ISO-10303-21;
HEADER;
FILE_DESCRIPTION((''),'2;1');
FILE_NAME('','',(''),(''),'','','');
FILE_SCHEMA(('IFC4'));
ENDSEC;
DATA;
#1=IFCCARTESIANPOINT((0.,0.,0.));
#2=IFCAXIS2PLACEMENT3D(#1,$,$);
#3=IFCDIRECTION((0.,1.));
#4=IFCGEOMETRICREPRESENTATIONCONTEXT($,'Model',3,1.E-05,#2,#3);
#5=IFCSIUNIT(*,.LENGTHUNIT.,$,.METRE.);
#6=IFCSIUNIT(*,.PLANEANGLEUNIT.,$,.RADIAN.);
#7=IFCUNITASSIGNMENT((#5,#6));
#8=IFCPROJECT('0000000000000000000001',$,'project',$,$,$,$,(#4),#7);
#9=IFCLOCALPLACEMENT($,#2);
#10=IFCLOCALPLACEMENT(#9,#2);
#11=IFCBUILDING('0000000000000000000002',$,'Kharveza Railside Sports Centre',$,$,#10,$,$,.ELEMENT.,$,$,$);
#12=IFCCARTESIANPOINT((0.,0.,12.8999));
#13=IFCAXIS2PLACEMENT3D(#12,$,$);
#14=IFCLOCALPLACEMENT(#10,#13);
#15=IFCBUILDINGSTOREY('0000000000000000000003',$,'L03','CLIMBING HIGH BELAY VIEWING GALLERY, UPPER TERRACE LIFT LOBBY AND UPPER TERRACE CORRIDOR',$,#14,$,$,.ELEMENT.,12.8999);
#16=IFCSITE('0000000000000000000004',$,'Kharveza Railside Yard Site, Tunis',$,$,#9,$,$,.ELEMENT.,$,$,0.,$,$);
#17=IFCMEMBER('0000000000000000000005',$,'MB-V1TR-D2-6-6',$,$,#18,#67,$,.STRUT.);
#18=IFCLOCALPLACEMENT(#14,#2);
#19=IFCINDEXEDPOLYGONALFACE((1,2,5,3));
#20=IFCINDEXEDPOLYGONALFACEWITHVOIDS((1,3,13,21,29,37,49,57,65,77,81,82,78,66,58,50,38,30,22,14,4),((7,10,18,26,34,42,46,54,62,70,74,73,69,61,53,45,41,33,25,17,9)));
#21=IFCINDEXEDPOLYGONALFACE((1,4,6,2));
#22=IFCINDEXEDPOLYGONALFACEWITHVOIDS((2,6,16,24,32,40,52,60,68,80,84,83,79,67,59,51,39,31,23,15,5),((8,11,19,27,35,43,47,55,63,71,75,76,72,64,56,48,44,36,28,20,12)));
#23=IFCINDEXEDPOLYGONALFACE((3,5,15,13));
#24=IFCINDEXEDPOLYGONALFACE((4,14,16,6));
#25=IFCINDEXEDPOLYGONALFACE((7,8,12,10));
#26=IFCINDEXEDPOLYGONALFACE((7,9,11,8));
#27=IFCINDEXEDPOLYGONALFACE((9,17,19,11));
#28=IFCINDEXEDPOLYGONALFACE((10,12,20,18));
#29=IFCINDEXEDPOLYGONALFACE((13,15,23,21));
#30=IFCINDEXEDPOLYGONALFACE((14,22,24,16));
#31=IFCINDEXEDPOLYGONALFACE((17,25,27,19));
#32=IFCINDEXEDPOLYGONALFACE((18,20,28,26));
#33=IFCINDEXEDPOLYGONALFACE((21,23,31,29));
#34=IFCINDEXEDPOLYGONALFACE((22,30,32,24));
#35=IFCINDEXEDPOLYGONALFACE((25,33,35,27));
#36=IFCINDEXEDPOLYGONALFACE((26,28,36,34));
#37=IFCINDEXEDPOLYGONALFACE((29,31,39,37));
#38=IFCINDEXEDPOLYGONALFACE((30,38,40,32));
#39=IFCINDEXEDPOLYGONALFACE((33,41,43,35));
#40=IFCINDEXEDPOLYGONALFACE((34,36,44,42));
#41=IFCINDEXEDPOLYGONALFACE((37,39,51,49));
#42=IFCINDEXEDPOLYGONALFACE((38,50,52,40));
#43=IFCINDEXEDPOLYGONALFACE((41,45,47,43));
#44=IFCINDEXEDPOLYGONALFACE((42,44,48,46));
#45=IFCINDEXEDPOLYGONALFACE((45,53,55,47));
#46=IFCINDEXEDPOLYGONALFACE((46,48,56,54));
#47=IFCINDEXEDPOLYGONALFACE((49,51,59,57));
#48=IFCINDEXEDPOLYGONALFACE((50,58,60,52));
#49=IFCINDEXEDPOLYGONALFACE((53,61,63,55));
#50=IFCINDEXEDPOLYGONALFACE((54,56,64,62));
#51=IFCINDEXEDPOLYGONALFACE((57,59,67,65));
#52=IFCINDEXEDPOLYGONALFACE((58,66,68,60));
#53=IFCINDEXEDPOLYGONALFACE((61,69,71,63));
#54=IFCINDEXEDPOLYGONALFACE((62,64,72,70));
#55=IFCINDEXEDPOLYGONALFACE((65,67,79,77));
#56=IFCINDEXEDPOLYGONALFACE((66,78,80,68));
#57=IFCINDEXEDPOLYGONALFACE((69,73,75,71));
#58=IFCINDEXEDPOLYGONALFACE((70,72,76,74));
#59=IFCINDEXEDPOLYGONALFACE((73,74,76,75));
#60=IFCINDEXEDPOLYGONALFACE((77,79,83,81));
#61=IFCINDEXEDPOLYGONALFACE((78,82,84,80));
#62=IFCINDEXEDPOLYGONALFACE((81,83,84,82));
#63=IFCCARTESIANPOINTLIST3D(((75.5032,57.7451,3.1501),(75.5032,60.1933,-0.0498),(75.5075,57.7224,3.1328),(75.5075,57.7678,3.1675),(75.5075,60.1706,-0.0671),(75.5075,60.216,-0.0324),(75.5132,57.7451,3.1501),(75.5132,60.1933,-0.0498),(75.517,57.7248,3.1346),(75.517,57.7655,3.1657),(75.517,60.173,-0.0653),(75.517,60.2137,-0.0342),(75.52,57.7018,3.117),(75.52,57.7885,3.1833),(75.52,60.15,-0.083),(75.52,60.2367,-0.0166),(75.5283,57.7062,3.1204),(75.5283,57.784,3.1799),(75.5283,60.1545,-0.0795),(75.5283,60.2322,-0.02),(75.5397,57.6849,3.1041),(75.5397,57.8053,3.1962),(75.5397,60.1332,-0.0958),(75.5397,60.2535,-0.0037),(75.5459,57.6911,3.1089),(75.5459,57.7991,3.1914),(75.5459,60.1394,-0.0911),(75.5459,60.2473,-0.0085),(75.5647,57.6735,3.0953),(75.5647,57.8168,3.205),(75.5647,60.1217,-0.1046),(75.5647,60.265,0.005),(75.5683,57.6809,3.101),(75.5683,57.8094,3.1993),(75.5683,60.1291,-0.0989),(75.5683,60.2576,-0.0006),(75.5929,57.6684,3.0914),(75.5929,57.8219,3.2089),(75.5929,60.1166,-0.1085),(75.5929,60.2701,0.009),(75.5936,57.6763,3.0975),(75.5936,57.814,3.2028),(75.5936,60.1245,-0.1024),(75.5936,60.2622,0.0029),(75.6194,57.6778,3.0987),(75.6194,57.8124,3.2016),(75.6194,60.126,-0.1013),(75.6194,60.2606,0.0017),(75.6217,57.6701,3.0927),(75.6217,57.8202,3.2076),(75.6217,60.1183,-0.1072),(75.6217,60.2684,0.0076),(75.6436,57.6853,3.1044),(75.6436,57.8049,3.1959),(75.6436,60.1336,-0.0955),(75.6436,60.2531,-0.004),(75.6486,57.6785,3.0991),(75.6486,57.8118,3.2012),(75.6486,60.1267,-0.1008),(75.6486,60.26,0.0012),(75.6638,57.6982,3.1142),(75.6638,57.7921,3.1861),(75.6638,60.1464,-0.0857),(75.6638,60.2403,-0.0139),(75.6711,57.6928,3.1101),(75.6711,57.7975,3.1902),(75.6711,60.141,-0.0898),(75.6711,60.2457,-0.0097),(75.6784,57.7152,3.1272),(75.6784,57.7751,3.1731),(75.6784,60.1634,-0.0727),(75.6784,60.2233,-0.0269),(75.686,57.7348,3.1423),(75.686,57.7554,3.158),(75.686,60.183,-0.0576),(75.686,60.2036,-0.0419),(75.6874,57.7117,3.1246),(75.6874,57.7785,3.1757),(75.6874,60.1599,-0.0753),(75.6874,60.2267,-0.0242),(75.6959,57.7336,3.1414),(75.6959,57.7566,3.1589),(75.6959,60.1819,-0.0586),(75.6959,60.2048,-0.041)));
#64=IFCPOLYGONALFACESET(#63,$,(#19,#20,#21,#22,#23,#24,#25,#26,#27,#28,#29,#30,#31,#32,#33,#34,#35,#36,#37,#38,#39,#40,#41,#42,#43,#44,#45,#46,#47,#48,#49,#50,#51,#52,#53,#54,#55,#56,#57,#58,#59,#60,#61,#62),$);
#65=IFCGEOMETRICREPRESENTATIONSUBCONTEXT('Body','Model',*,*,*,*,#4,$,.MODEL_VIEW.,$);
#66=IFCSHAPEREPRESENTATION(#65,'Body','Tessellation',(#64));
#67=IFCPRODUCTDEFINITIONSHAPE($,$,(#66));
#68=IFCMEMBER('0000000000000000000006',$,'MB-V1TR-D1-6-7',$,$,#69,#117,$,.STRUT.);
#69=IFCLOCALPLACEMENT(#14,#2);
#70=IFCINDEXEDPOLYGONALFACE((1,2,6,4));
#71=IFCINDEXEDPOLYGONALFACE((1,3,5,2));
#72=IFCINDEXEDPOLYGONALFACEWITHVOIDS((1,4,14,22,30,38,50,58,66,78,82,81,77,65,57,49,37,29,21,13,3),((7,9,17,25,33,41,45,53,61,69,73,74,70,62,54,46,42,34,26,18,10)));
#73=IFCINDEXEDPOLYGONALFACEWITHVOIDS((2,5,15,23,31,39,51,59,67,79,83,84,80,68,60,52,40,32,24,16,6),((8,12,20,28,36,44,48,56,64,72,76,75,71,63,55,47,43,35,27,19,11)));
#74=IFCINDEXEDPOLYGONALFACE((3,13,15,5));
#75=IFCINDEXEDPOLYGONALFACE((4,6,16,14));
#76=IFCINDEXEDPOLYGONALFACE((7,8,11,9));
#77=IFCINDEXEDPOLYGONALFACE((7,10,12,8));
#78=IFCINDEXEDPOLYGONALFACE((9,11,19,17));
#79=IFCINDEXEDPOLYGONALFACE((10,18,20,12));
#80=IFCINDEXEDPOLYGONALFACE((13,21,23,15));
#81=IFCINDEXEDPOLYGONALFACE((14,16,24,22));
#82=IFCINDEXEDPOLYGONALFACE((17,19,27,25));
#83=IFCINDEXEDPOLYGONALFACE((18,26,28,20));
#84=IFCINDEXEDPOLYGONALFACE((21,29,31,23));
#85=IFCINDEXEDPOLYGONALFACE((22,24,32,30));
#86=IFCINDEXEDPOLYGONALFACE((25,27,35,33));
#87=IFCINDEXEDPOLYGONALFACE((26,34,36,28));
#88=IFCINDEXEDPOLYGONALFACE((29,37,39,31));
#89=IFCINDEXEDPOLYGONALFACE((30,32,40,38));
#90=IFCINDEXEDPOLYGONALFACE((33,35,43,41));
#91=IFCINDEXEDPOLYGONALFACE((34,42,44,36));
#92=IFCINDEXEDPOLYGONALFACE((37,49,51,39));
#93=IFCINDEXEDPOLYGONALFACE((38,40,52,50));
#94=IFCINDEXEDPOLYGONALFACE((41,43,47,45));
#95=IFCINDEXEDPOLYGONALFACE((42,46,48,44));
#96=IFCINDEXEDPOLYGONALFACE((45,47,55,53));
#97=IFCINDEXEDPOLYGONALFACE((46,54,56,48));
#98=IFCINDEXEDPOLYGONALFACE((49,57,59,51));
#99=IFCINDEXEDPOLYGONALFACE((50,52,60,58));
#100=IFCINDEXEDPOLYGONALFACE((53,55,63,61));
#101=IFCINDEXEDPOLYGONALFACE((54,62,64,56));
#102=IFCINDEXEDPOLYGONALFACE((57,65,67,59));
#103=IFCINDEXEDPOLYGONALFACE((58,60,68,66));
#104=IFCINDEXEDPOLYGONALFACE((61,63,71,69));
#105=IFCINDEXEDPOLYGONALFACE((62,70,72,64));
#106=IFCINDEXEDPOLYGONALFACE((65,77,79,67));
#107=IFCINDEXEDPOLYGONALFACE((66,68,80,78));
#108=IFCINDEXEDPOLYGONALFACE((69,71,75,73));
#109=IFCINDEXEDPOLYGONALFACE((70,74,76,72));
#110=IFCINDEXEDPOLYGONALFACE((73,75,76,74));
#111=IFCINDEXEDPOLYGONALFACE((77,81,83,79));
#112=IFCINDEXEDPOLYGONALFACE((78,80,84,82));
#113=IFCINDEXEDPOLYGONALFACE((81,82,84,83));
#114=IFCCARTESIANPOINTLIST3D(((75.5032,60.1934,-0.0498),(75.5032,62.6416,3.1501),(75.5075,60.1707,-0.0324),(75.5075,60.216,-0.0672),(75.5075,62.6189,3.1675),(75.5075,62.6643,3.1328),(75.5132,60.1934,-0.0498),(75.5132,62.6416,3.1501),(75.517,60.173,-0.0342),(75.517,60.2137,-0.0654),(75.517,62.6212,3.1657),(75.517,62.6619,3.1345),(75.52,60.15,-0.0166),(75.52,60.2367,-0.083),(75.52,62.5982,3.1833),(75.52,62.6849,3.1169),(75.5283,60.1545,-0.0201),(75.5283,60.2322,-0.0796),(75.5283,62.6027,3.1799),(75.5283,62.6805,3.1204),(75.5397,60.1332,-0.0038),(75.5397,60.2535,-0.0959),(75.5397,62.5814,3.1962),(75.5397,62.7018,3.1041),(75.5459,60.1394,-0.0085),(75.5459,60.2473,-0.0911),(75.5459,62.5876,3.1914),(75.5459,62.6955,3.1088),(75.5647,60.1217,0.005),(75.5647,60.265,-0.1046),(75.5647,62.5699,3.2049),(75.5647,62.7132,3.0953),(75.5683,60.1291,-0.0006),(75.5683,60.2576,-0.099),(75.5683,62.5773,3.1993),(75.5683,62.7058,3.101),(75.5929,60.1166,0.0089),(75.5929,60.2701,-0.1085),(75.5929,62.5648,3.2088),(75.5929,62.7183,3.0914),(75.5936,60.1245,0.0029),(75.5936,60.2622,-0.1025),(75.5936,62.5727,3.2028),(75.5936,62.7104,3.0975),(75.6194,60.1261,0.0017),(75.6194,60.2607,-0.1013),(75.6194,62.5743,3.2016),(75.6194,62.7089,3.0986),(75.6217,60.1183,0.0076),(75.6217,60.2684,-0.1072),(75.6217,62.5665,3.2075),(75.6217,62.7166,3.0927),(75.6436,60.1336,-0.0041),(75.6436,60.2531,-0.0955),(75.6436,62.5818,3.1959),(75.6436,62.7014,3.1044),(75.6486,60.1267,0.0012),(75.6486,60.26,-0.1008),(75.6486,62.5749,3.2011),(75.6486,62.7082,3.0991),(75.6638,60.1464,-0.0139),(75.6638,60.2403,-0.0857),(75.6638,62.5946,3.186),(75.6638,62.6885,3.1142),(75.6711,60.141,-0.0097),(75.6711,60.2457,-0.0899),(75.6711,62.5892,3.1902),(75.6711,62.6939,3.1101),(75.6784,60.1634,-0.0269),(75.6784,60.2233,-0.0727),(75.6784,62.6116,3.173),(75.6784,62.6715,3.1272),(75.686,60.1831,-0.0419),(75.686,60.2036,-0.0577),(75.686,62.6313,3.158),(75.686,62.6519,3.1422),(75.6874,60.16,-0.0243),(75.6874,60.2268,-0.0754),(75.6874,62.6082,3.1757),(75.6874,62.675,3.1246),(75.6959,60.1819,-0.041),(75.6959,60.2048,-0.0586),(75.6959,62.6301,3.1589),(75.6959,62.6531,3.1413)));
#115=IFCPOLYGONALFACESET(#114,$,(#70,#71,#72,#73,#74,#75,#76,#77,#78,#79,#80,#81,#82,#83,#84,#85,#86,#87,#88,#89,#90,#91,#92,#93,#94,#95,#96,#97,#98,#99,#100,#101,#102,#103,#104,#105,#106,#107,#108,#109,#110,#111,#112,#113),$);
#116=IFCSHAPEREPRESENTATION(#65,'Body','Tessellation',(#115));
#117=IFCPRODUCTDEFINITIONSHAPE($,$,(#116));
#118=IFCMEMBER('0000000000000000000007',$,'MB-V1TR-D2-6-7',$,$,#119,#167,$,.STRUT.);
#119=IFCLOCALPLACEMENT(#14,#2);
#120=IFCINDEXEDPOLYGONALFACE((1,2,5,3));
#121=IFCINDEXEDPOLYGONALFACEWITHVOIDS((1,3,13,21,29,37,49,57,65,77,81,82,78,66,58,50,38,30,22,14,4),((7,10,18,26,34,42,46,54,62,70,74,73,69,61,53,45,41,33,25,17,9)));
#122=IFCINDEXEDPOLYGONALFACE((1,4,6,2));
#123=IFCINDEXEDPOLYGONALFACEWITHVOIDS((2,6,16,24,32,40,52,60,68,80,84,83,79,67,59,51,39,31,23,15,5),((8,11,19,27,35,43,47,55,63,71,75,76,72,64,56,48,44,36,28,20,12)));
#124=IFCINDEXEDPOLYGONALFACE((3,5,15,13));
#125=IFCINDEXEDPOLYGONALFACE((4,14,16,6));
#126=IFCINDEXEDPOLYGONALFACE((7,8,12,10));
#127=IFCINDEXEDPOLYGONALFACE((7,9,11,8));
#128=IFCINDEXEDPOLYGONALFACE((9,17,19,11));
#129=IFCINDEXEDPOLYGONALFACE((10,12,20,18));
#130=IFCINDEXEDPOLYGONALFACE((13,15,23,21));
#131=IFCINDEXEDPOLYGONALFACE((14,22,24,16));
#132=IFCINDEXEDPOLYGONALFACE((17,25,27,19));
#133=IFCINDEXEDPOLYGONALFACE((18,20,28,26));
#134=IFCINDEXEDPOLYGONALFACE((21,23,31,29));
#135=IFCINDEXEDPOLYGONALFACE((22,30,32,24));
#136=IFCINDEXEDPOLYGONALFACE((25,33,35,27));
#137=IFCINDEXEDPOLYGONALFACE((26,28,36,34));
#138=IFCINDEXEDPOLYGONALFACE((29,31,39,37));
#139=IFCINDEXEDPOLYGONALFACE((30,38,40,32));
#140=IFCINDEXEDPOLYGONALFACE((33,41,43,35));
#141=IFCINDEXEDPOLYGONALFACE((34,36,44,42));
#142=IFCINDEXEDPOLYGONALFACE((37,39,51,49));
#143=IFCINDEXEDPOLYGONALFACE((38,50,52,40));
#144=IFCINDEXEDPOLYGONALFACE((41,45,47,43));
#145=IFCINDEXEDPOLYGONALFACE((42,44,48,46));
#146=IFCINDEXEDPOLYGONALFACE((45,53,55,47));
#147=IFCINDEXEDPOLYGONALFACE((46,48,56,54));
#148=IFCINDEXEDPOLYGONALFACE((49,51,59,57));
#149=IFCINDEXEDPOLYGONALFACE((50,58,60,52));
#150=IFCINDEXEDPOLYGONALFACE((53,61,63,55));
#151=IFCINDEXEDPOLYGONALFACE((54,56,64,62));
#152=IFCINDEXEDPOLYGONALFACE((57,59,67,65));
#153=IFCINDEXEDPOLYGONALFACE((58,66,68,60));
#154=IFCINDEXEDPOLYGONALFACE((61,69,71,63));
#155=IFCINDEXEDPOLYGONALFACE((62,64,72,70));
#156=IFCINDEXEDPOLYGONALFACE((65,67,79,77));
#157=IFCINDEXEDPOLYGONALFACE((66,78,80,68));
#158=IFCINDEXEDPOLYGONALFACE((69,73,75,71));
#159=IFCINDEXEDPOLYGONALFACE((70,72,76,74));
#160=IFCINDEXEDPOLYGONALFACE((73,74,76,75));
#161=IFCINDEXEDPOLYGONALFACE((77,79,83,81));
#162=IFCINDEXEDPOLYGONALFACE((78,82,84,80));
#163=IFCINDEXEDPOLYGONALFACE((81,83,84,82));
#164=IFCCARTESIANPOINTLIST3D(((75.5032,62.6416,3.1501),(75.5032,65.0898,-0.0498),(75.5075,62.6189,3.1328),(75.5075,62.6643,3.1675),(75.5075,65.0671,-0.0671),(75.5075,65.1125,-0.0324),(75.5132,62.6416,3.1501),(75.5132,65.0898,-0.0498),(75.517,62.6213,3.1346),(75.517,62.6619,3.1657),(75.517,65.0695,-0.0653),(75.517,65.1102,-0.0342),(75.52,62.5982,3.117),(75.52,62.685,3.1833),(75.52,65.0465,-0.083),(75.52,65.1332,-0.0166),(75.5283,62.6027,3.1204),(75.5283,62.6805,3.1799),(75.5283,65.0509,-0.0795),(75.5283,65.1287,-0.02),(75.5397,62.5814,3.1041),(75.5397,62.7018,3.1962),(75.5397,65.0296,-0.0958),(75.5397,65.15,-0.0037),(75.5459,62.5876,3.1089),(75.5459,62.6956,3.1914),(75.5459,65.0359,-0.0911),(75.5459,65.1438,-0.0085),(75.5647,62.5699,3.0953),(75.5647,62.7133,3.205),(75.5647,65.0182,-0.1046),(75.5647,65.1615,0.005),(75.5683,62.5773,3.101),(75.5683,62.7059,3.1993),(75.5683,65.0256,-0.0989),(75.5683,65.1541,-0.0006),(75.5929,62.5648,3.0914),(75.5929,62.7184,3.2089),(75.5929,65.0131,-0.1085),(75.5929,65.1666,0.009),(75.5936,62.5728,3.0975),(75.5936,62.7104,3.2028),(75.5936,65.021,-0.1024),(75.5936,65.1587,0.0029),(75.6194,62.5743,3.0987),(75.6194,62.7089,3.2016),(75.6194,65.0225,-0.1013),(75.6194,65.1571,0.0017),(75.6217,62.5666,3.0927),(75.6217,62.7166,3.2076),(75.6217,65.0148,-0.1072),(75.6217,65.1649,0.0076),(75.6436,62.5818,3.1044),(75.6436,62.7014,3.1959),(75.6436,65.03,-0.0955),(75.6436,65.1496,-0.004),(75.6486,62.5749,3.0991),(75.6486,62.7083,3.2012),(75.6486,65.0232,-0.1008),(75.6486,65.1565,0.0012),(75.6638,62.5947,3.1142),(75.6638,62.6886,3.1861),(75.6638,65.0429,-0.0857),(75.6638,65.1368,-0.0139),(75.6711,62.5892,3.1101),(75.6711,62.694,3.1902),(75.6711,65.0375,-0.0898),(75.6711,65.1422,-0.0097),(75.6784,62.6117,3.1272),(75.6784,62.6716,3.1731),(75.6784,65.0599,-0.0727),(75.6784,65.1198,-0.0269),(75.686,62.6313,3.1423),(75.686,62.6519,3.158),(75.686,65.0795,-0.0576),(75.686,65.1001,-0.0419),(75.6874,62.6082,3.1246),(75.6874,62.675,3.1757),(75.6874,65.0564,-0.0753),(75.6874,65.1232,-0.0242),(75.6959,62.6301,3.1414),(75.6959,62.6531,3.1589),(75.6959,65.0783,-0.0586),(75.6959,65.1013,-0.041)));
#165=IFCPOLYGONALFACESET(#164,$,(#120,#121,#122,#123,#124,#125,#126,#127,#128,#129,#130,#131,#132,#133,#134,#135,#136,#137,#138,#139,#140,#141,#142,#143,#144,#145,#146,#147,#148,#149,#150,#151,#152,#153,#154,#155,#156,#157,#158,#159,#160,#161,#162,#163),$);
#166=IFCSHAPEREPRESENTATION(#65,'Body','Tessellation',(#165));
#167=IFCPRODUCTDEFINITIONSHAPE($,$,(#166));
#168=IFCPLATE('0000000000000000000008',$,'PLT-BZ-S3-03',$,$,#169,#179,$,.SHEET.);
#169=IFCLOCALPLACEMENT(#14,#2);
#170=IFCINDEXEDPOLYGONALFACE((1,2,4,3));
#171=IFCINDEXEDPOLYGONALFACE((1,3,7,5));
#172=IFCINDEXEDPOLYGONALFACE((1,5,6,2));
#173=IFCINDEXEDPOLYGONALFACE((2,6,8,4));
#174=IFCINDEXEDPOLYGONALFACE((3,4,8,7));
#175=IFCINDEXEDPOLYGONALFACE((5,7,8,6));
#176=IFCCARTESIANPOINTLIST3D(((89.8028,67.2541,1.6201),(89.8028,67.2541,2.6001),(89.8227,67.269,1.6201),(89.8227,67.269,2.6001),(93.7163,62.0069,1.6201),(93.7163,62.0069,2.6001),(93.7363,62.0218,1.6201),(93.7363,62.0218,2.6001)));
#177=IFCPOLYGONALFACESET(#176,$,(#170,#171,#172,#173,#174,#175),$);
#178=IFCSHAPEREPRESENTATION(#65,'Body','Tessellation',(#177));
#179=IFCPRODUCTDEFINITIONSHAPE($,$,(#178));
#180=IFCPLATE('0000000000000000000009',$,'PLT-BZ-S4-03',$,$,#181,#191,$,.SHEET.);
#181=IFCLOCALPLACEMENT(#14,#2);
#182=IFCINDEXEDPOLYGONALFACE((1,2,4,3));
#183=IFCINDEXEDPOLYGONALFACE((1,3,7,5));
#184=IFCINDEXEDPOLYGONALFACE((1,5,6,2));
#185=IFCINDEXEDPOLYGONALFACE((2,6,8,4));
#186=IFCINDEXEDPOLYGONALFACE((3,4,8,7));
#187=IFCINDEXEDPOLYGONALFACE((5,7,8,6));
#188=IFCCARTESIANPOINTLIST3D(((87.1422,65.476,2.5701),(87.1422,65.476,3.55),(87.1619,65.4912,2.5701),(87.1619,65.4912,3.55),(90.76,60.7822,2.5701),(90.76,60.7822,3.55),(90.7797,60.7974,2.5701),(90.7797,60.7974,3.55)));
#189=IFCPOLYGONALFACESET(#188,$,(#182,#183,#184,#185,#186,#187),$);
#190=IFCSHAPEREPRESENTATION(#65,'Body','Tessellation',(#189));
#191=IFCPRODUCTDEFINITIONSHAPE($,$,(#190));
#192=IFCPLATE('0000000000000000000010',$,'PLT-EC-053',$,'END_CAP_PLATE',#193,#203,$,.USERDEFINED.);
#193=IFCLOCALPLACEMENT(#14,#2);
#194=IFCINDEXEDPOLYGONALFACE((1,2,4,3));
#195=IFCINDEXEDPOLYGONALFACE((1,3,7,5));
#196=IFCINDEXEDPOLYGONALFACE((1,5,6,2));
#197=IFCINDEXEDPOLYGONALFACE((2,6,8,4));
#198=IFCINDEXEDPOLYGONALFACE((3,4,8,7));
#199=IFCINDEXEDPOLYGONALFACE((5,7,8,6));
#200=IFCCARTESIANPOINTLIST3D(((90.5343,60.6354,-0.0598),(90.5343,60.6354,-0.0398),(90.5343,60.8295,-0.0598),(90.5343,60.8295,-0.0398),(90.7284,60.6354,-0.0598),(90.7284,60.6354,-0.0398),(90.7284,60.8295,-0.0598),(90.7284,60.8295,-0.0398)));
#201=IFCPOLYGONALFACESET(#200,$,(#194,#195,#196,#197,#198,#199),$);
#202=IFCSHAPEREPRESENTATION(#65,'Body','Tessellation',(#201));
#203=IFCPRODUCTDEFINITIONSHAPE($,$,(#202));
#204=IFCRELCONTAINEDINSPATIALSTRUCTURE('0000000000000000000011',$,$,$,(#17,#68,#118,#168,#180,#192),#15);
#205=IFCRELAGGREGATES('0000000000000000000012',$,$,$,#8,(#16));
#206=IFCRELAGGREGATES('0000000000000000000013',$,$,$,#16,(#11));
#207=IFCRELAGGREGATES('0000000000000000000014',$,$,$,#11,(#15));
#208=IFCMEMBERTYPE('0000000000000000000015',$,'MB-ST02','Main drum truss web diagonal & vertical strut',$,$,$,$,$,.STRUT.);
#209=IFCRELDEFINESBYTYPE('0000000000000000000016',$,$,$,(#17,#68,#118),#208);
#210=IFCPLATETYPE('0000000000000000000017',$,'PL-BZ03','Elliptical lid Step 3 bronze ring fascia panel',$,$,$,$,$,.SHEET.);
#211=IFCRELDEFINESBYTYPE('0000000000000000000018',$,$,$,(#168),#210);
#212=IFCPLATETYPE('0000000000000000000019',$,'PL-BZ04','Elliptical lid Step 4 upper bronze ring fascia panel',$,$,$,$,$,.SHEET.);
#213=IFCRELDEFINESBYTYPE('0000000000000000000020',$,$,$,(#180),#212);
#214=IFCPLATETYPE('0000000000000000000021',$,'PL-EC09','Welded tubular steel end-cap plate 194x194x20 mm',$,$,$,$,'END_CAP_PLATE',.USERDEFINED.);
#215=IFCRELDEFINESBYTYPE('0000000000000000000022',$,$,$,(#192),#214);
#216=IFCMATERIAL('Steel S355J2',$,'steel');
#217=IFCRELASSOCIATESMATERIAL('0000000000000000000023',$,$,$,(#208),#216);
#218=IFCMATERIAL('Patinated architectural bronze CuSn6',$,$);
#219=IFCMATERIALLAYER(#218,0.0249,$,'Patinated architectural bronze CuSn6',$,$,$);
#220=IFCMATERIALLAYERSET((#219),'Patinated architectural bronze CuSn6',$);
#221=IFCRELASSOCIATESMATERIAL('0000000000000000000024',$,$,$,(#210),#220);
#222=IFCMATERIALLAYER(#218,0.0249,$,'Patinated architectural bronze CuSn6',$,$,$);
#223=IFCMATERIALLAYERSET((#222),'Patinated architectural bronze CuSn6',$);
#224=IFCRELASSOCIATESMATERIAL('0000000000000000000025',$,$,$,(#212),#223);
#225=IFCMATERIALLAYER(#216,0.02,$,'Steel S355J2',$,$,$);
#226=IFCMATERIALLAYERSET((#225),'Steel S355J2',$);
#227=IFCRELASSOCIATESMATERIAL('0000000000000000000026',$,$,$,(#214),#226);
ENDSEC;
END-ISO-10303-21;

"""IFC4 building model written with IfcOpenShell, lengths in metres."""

from ifc_helpers import new_model, si_unit, direction, frame, origin, origin_2d, place, context, subcontext, project, spatial, rectangle, hollow_circle, extrude, material, layer, layer_set, material_profile, profile_set, type_object, element, save


model = new_model("IFC4")

# Units and contexts
model_context = context("Model", 3, precision=1e-05, world=origin(), true_north=direction((0.0, 1.0)))
body_context = subcontext(model_context, "Body", "Model", "MODEL_VIEW")
ifc_project = project(units=[si_unit("LENGTHUNIT", "METRE"), si_unit("PLANEANGLEUNIT", "RADIAN")], contexts=[model_context])

# Site, building, storey
site_placement = place(None, origin())
site = spatial("IfcSite", under=ifc_project, at=site_placement, Name="Kharveza Railside Yard Site, Tunis", CompositionType="ELEMENT", RefElevation=0.0)
building_placement = place(site_placement, origin())
building = spatial("IfcBuilding", under=site, at=building_placement, Name="Kharveza Railside Sports Centre", CompositionType="ELEMENT")
storey_placement = place(building_placement, frame((0.0, 0.0, 12.8999)))
storey = spatial("IfcBuildingStorey", under=building, at=storey_placement, Name="L03", Description="CLIMBING HIGH BELAY VIEWING GALLERY, UPPER TERRACE LIFT LOBBY AND UPPER TERRACE CORRIDOR", CompositionType="ELEMENT", Elevation=12.8999)

# Shared definitions
ifc_material_1 = material(Name="Steel S355J2", Category="steel")

# Members
ifc_material_profile_1 = material_profile(ifc_material_1, hollow_circle(Radius=0.0969, WallThickness=0.01, at=origin_2d()), Name="CHS 193.7x10.0")
ifc_profile_set_1 = profile_set([ifc_material_profile_1], Name="Steel S355J2")
member_type_1 = type_object("IfcMemberType", Name="MB-ST02", Description="Main drum truss web diagonal & vertical strut", PredefinedType="STRUT", material=ifc_profile_set_1)
for number, where, z_axis, x_axis, name in (
    (1, (75.6001, 57.7451, 3.1501), (0.0, 0.607641, -0.794212), (-1.0, 0.0, 0.0), "MB-V1TR-D2-6-6"),
    (2, (75.6001, 60.1934, -0.0498), (0.0, 0.607641, 0.794212), (-1.0, 0.0, 0.0), "MB-V1TR-D1-6-7"),
    (3, (75.6001, 62.6416, 3.1501), (0.0, 0.607641, -0.794212), (-1.0, 0.0, 0.0), "MB-V1TR-D2-6-7"),
):
    element("IfcMember", number, at=place(storey_placement, frame(where, z_axis=z_axis, x_axis=x_axis)), inside=storey, type_object=member_type_1, Name=name, PredefinedType="STRUT", context=body_context, shape_type="SweptSolid", body=[
        extrude(hollow_circle(Radius=0.0969, WallThickness=0.01, at=origin_2d()), origin(), (0.0, 0.0, 1.0), 4.0291),
    ])

# Plates
ifc_material_2 = material(Name="Patinated architectural bronze CuSn6")
ifc_layer_1 = layer(ifc_material_2, 0.0249, Name="Patinated architectural bronze CuSn6")
ifc_layer_set_1 = layer_set([ifc_layer_1], Name="Patinated architectural bronze CuSn6")
plate_type_1 = type_object("IfcPlateType", Name="PL-BZ03", Description="Elliptical lid Step 3 bronze ring fascia panel", PredefinedType="SHEET", material=ifc_layer_set_1)
plate_1_placement = place(storey_placement, frame((91.7695, 64.6379, 1.6201), z_axis=(0.0, 0.0, 1.0), x_axis=(-0.597863, 0.801598, 0.0)))
element("IfcPlate", 4, at=plate_1_placement, inside=storey, type_object=plate_type_1, Name="PLT-BZ-S3-03", PredefinedType="SHEET", context=body_context, shape_type="SweptSolid", body=[
    extrude(rectangle(XDim=6.5459, YDim=0.0249, at=origin_2d()), origin(), (0.0, 0.0, 1.0), 0.98),
])
ifc_layer_2 = layer(ifc_material_2, 0.0249, Name="Patinated architectural bronze CuSn6")
ifc_layer_set_2 = layer_set([ifc_layer_2], Name="Patinated architectural bronze CuSn6")
plate_type_2 = type_object("IfcPlateType", Name="PL-BZ04", Description="Elliptical lid Step 4 upper bronze ring fascia panel", PredefinedType="SHEET", material=ifc_layer_set_2)
plate_2_placement = place(storey_placement, frame((88.9609, 63.1367, 2.5701), z_axis=(0.0, 0.0, 1.0), x_axis=(-0.610477, 0.792034, 0.0)))
element("IfcPlate", 5, at=plate_2_placement, inside=storey, type_object=plate_type_2, Name="PLT-BZ-S4-03", PredefinedType="SHEET", context=body_context, shape_type="SweptSolid", body=[
    extrude(rectangle(XDim=5.9263, YDim=0.0249, at=origin_2d()), origin(), (0.0, 0.0, 1.0), 0.98),
])
ifc_layer_3 = layer(ifc_material_1, 0.02, Name="Steel S355J2")
ifc_layer_set_3 = layer_set([ifc_layer_3], Name="Steel S355J2")
plate_type_3 = type_object("IfcPlateType", Name="PL-EC09", Description="Welded tubular steel end-cap plate 194x194x20 mm", ElementType="END_CAP_PLATE", PredefinedType="USERDEFINED", material=ifc_layer_set_3)
plate_3_placement = place(storey_placement, frame((90.6313, 60.7324, -0.0598), z_axis=(0.0, 0.0, 1.0), x_axis=(1.0, 0.0, 0.0)))
element("IfcPlate", 6, at=plate_3_placement, inside=storey, type_object=plate_type_3, Name="PLT-EC-053", ObjectType="END_CAP_PLATE", PredefinedType="USERDEFINED", context=body_context, shape_type="SweptSolid", body=[
    extrude(rectangle(XDim=0.1941, YDim=0.1941, at=origin_2d()), origin(), (0.0, 0.0, 1.0), 0.02),
])

save(model, "model.ifc")
